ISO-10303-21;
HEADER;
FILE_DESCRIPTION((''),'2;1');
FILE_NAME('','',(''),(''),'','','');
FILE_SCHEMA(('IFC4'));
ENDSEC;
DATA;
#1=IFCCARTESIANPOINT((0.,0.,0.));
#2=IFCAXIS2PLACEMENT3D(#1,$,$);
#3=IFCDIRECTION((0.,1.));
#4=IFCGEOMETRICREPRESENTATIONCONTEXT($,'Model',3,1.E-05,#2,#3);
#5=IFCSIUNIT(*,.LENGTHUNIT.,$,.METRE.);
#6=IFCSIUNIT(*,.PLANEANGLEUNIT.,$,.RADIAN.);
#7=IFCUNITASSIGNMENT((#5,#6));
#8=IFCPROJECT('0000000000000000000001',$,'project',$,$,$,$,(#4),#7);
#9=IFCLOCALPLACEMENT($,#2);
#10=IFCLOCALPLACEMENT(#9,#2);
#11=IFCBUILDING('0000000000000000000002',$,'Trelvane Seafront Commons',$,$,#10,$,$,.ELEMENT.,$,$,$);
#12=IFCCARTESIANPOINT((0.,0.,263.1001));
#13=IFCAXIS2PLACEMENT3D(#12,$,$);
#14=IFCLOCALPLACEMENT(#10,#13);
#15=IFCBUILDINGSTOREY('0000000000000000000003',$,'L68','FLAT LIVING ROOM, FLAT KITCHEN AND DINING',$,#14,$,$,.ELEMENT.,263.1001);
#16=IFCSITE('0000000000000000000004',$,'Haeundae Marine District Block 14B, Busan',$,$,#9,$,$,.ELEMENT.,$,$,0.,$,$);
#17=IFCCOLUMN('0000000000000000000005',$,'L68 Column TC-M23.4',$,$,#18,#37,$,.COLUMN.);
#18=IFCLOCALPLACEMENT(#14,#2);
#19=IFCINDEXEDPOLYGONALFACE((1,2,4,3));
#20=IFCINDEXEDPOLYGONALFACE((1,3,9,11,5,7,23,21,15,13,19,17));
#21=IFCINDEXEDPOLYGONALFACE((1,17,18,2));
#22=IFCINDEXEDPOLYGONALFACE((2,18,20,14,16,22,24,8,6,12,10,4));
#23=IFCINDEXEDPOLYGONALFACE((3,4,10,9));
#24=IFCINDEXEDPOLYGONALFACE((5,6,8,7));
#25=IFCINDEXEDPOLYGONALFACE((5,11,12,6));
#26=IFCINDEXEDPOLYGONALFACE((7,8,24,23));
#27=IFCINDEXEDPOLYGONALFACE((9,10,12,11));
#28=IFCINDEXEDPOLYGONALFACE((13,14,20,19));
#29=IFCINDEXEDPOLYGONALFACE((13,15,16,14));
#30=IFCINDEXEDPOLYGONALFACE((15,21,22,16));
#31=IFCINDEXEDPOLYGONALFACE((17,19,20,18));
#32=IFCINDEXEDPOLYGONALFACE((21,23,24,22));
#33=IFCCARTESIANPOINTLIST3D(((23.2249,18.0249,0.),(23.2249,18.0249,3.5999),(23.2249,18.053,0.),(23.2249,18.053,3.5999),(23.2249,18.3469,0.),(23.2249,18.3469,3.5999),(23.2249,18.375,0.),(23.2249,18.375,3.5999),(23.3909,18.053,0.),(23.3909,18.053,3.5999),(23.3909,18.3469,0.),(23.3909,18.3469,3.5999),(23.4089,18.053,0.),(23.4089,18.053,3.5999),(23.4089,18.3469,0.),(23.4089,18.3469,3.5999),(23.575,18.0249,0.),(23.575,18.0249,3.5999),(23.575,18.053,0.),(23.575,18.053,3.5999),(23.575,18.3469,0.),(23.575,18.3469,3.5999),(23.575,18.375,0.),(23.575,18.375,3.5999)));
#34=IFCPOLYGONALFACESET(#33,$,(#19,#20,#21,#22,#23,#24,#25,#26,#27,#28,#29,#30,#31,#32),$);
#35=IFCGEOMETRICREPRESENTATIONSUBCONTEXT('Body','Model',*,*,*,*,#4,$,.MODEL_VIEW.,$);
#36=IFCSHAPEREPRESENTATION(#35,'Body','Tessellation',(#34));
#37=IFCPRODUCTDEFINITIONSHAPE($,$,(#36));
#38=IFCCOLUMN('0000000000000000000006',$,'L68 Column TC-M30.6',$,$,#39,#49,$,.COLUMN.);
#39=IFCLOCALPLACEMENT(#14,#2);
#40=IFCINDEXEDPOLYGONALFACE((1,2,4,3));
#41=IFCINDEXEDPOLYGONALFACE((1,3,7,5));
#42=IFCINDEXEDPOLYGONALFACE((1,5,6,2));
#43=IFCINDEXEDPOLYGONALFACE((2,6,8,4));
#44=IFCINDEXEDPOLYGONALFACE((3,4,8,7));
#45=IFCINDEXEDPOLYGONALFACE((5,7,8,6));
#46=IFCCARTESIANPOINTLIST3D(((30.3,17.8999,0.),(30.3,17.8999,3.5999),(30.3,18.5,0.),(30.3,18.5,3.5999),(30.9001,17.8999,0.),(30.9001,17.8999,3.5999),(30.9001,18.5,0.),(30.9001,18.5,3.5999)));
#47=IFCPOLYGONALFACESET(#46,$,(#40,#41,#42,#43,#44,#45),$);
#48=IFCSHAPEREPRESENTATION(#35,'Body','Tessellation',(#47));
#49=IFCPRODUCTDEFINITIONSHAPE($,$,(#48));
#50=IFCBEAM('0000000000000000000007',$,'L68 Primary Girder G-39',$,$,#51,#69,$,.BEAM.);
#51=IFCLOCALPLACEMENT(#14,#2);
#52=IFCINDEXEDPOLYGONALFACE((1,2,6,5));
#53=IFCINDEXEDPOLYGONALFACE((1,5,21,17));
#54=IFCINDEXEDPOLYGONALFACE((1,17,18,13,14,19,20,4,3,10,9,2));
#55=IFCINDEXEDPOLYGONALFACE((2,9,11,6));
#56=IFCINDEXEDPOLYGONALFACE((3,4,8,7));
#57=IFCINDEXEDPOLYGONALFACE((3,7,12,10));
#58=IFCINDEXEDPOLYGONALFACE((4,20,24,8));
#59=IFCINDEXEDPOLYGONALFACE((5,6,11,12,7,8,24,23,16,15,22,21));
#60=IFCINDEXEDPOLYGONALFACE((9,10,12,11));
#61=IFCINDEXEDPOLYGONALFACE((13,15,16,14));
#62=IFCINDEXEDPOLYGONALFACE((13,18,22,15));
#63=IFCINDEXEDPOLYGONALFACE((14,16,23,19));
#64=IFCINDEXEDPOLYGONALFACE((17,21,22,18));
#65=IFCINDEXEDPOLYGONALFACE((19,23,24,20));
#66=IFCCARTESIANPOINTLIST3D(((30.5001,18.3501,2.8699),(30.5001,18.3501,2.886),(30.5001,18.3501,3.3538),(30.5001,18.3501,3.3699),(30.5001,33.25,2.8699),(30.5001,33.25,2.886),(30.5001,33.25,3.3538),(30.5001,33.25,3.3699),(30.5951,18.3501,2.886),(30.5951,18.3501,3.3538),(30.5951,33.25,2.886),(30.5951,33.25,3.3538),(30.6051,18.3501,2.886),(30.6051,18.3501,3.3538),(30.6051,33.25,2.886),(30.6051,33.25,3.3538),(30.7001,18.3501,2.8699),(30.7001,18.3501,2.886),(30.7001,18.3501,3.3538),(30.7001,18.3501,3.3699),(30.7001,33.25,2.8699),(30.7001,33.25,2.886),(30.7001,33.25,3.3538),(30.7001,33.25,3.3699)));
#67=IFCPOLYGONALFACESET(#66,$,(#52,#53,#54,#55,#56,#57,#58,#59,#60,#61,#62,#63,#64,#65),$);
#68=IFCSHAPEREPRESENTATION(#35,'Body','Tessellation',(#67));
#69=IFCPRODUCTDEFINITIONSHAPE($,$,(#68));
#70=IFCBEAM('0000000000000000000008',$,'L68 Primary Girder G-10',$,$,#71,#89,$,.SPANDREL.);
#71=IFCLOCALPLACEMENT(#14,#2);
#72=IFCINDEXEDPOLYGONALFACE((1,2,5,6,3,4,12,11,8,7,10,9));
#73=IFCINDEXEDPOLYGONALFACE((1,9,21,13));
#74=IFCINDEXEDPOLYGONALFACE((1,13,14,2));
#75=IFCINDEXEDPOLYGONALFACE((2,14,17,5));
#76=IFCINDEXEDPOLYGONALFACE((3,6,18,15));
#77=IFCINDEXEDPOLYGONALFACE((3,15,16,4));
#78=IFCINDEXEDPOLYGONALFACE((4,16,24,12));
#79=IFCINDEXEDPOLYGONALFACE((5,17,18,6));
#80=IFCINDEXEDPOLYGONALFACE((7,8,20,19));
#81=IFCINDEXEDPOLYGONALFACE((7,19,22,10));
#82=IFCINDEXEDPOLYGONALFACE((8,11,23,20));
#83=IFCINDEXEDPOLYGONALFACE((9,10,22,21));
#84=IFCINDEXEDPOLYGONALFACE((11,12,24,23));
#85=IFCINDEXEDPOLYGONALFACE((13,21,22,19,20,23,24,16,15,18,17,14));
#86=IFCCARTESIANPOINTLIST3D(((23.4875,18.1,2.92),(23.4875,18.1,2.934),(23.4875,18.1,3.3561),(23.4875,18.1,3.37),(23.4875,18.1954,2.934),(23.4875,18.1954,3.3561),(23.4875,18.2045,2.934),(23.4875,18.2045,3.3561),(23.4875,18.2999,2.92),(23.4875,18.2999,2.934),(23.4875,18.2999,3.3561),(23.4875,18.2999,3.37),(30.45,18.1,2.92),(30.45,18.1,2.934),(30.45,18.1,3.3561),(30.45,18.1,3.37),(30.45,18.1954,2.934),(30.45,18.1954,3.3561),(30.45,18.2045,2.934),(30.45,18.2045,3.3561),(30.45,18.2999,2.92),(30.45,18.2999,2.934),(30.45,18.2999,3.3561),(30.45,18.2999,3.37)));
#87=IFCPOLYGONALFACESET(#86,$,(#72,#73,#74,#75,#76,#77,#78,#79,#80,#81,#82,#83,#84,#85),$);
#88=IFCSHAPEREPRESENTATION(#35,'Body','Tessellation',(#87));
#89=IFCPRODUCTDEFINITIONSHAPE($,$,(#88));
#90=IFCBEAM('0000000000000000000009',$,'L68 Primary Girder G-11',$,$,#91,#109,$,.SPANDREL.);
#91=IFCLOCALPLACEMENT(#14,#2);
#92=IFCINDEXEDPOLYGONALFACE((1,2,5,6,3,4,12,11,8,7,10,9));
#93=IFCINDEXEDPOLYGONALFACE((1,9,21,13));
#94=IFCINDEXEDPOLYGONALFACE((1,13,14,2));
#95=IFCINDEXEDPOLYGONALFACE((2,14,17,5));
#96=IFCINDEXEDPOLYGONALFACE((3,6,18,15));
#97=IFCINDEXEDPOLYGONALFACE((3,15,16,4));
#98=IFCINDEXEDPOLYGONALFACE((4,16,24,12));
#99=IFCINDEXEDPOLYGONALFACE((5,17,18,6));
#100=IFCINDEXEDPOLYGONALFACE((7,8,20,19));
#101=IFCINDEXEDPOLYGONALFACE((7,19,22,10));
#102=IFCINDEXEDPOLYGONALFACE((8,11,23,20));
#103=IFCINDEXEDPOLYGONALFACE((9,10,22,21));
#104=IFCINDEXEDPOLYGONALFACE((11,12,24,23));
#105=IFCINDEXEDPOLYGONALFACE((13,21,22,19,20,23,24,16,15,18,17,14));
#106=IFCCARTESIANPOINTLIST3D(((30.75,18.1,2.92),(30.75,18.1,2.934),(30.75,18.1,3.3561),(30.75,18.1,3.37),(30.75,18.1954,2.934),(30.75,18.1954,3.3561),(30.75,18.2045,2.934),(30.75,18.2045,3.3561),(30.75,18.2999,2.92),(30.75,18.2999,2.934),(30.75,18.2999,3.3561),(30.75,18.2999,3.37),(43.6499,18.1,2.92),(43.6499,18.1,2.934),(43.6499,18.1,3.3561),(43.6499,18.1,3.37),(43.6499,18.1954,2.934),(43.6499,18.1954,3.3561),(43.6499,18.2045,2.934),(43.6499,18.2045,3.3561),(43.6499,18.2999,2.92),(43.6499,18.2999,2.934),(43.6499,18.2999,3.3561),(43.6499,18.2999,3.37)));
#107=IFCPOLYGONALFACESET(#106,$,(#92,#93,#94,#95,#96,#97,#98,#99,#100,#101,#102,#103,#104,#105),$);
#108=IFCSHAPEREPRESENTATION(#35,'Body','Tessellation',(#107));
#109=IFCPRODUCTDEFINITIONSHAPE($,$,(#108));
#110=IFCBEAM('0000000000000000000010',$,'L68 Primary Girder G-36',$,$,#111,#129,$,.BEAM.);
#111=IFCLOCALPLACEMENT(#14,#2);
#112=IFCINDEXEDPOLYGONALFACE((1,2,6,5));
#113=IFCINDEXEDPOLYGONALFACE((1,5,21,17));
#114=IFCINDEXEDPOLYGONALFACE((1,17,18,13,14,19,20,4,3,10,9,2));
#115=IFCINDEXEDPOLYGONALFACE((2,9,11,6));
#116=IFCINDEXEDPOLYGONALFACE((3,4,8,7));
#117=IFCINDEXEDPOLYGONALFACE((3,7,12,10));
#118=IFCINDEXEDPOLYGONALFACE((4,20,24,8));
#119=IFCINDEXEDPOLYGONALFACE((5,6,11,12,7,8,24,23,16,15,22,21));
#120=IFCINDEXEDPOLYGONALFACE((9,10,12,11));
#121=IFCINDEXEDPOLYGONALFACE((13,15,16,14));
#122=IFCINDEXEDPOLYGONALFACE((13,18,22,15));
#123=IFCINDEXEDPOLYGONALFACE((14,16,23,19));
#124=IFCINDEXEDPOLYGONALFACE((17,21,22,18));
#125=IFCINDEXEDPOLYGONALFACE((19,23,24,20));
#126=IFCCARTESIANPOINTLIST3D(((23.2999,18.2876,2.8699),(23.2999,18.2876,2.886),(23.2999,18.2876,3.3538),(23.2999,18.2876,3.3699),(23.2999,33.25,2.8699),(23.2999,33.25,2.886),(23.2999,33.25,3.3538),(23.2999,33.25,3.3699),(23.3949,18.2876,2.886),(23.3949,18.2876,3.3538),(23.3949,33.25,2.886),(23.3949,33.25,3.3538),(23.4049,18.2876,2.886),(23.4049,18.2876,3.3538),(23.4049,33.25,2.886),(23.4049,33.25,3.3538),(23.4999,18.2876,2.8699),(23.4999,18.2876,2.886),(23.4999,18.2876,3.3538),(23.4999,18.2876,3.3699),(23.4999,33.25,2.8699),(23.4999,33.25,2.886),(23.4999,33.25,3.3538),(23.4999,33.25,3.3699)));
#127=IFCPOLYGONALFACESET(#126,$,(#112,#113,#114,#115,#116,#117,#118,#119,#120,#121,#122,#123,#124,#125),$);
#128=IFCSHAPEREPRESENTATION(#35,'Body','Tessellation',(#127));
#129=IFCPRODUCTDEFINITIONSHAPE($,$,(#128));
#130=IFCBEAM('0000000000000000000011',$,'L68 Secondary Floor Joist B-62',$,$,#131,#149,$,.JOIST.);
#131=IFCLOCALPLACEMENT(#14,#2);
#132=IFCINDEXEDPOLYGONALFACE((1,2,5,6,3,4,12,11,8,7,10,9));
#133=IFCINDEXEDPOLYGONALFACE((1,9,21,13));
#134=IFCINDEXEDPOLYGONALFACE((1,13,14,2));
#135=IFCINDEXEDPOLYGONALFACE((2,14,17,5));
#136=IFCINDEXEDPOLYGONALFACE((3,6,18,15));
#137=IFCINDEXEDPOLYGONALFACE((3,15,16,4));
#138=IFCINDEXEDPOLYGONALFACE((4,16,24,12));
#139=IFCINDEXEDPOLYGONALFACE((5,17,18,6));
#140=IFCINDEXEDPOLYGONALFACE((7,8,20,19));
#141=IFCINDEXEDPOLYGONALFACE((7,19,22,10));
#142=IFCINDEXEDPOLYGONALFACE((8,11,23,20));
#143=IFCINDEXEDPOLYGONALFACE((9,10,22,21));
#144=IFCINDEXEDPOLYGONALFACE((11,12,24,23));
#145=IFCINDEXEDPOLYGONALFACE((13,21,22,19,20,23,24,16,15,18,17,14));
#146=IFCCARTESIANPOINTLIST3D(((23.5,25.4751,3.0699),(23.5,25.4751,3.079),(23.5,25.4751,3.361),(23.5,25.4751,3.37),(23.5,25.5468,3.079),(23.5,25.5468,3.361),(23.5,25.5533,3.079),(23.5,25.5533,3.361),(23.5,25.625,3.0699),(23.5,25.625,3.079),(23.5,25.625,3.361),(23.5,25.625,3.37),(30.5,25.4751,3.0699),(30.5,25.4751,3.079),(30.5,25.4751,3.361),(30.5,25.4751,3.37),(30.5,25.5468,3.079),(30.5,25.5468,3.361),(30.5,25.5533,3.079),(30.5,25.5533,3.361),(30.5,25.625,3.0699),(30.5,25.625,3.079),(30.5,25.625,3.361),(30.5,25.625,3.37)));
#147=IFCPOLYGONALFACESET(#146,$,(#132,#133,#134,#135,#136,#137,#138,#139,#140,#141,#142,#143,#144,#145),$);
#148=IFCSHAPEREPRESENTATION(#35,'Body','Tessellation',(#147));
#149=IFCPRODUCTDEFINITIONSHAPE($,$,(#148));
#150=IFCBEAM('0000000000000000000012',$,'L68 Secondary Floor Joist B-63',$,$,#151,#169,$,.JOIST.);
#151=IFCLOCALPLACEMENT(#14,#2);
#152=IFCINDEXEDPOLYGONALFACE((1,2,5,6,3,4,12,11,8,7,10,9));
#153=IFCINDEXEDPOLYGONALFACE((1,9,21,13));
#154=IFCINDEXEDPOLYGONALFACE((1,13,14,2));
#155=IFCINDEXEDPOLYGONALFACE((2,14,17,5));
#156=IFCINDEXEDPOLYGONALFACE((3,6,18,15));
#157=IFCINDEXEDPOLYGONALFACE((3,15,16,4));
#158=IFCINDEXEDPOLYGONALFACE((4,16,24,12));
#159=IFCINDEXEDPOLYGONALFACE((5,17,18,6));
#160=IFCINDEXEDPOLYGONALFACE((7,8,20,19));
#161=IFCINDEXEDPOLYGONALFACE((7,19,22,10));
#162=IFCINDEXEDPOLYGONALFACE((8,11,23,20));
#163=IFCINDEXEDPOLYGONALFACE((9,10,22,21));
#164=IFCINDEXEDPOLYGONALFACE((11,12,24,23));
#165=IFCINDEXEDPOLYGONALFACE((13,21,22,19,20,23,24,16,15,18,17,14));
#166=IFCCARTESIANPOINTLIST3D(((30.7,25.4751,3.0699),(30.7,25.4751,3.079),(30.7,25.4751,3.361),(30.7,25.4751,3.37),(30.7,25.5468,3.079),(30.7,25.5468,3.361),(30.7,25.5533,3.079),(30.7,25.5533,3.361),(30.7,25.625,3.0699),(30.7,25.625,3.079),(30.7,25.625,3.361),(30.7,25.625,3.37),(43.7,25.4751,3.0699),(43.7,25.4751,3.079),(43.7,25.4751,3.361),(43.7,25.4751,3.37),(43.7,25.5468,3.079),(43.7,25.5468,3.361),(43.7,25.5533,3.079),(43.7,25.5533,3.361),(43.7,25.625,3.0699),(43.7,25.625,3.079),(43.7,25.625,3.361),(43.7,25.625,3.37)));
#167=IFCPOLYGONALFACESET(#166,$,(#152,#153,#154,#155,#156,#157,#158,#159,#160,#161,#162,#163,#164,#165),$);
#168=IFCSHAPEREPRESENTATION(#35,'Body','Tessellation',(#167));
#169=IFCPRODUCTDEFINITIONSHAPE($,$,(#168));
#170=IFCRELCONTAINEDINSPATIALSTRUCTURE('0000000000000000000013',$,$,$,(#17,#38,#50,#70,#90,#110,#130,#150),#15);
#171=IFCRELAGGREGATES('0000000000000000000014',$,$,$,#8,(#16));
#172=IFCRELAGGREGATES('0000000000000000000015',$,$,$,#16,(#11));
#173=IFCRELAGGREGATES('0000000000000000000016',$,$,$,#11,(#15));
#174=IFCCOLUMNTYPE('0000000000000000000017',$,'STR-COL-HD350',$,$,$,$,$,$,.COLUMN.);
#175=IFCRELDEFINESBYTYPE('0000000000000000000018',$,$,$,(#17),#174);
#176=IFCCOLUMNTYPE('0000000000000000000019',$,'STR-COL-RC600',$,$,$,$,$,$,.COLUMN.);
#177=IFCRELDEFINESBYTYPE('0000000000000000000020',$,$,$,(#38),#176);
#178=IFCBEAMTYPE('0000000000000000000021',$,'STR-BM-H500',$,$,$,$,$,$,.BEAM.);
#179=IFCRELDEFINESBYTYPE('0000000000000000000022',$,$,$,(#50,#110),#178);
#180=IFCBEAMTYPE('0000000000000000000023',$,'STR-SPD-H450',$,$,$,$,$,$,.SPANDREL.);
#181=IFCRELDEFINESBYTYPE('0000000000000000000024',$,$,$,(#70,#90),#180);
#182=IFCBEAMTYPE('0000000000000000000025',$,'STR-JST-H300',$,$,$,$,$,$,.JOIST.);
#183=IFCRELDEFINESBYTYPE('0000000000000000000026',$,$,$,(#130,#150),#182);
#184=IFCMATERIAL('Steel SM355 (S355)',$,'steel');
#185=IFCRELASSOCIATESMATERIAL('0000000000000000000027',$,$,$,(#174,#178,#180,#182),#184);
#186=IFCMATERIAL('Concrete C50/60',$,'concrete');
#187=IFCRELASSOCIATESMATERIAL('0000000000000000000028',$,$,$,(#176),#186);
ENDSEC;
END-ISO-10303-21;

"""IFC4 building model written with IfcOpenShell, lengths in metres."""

from ifc_helpers import new_model, si_unit, direction, frame, origin, origin_2d, place, context, subcontext, project, spatial, rectangle, i_section, extrude, source, transform, mapped, material, material_profile, profile_set, type_object, element, save


model = new_model("IFC4")

# Units and contexts
model_context = context("Model", 3, precision=1e-05, world=origin(), true_north=direction((0.0, 1.0)))
body_context = subcontext(model_context, "Body", "Model", "MODEL_VIEW")
ifc_project = project(units=[si_unit("LENGTHUNIT", "METRE"), si_unit("PLANEANGLEUNIT", "RADIAN")], contexts=[model_context])

# Site, building, storey
site_placement = place(None, origin())
site = spatial("IfcSite", under=ifc_project, at=site_placement, Name="Haeundae Marine District Block 14B, Busan", CompositionType="ELEMENT", RefElevation=0.0)
building_placement = place(site_placement, origin())
building = spatial("IfcBuilding", under=site, at=building_placement, Name="Trelvane Seafront Commons", CompositionType="ELEMENT")
storey_placement = place(building_placement, frame((0.0, 0.0, 263.1001)))
storey = spatial("IfcBuildingStorey", under=building, at=storey_placement, Name="L68", Description="FLAT LIVING ROOM, FLAT KITCHEN AND DINING", CompositionType="ELEMENT", Elevation=263.1001)

# Columns
ifc_material_1 = material(Name="Steel SM355 (S355)", Category="steel")
ifc_material_profile_1 = material_profile(ifc_material_1, i_section(OverallWidth=0.3501, OverallDepth=0.3501, WebThickness=0.0181, FlangeThickness=0.0281, at=origin_2d()), Name="HD-350x350x18x28")
ifc_profile_set_1 = profile_set([ifc_material_profile_1], Name="Steel SM355 (S355)")
column_type_1 = type_object("IfcColumnType", Name="STR-COL-HD350", PredefinedType="COLUMN", material=ifc_profile_set_1)
shared_shape_1 = source(origin(), body_context, "Body", "SweptSolid", [
    extrude(i_section(OverallWidth=0.3501, OverallDepth=0.3501, WebThickness=0.0181, FlangeThickness=0.0281, at=origin_2d()), origin(), (0.0, 0.0, 1.0), 3.5999),
])
column_1_placement = place(storey_placement, frame((23.3999, 18.2, 0.0), z_axis=(0.0, 0.0, 1.0), x_axis=(1.0, 0.0, 0.0)))
element("IfcColumn", 1, at=column_1_placement, inside=storey, type_object=column_type_1, Name="L68 Column TC-M23.4", PredefinedType="COLUMN", context=body_context, shape_type="MappedRepresentation", body=[
    mapped(shared_shape_1, transform((0.0, 0.0, 0.0), x_axis=(1.0, 0.0, 0.0), y_axis=(0.0, 1.0, 0.0), z_axis=(0.0, 0.0, 1.0), scale=1.0)),
])
ifc_material_2 = material(Name="Concrete C50/60", Category="concrete")
ifc_material_profile_2 = material_profile(ifc_material_2, rectangle(XDim=0.6001, YDim=0.6001, at=origin_2d()), Name="RC-600x600")
ifc_profile_set_2 = profile_set([ifc_material_profile_2], Name="Concrete C50/60")
column_type_2 = type_object("IfcColumnType", Name="STR-COL-RC600", PredefinedType="COLUMN", material=ifc_profile_set_2)
shared_shape_2 = source(origin(), body_context, "Body", "SweptSolid", [
    extrude(rectangle(XDim=0.6001, YDim=0.6001, at=origin_2d()), origin(), (0.0, 0.0, 1.0), 3.5999),
])
column_2_placement = place(storey_placement, frame((30.6001, 18.2, 0.0), z_axis=(0.0, 0.0, 1.0), x_axis=(1.0, 0.0, 0.0)))
element("IfcColumn", 2, at=column_2_placement, inside=storey, type_object=column_type_2, Name="L68 Column TC-M30.6", PredefinedType="COLUMN", context=body_context, shape_type="MappedRepresentation", body=[
    mapped(shared_shape_2, transform((0.0, 0.0, 0.0), x_axis=(1.0, 0.0, 0.0), y_axis=(0.0, 1.0, 0.0), z_axis=(0.0, 0.0, 1.0), scale=1.0)),
])

# Beams
ifc_material_profile_3 = material_profile(ifc_material_1, i_section(OverallWidth=0.2, OverallDepth=0.5, WebThickness=0.01, FlangeThickness=0.0161, at=origin_2d()), Name="H-500x200x10x16")
ifc_profile_set_3 = profile_set([ifc_material_profile_3], Name="Steel SM355 (S355)")
beam_type_1 = type_object("IfcBeamType", Name="STR-BM-H500", PredefinedType="BEAM", material=ifc_profile_set_3)
shared_shape_3 = source(origin(), body_context, "Body", "SweptSolid", [
    extrude(i_section(OverallWidth=0.2, OverallDepth=0.5, WebThickness=0.01, FlangeThickness=0.0161, at=origin_2d()), origin(), (0.0, 0.0, 1.0), 14.8999),
])
beam_1_placement = place(storey_placement, frame((30.6001, 18.3501, 3.1199), z_axis=(0.0, 1.0, 0.0), x_axis=(-1.0, 0.0, 0.0)))
element("IfcBeam", 3, at=beam_1_placement, inside=storey, type_object=beam_type_1, Name="L68 Primary Girder G-39", PredefinedType="BEAM", context=body_context, shape_type="MappedRepresentation", body=[
    mapped(shared_shape_3, transform((0.0, 0.0, 0.0), x_axis=(1.0, 0.0, 0.0), y_axis=(0.0, 1.0, 0.0), z_axis=(0.0, 0.0, 1.0), scale=1.0)),
])
ifc_material_profile_4 = material_profile(ifc_material_1, i_section(OverallWidth=0.2, OverallDepth=0.45, WebThickness=0.009, FlangeThickness=0.0139, at=origin_2d()), Name="H-450x200x9x14")
ifc_profile_set_4 = profile_set([ifc_material_profile_4], Name="Steel SM355 (S355)")
beam_type_2 = type_object("IfcBeamType", Name="STR-SPD-H450", PredefinedType="SPANDREL", material=ifc_profile_set_4)
shared_shape_4 = source(origin(), body_context, "Body", "SweptSolid", [
    extrude(i_section(OverallWidth=0.2, OverallDepth=0.45, WebThickness=0.009, FlangeThickness=0.0139, at=origin_2d()), origin(), (0.0, 0.0, 1.0), 6.9624),
])
beam_2_placement = place(storey_placement, frame((23.4875, 18.2, 3.145), z_axis=(1.0, 0.0, 0.0), x_axis=(0.0, 1.0, 0.0)))
element("IfcBeam", 4, at=beam_2_placement, inside=storey, type_object=beam_type_2, Name="L68 Primary Girder G-10", PredefinedType="SPANDREL", context=body_context, shape_type="MappedRepresentation", body=[
    mapped(shared_shape_4, transform((0.0, 0.0, 0.0), x_axis=(1.0, 0.0, 0.0), y_axis=(0.0, 1.0, 0.0), z_axis=(0.0, 0.0, 1.0), scale=1.0)),
])
shared_shape_5 = source(origin(), body_context, "Body", "SweptSolid", [
    extrude(i_section(OverallWidth=0.2, OverallDepth=0.45, WebThickness=0.009, FlangeThickness=0.0139, at=origin_2d()), origin(), (0.0, 0.0, 1.0), 12.8999),
])
beam_3_placement = place(storey_placement, frame((30.75, 18.2, 3.145), z_axis=(1.0, 0.0, 0.0), x_axis=(0.0, 1.0, 0.0)))
element("IfcBeam", 5, at=beam_3_placement, inside=storey, type_object=beam_type_2, Name="L68 Primary Girder G-11", PredefinedType="SPANDREL", context=body_context, shape_type="MappedRepresentation", body=[
    mapped(shared_shape_5, transform((0.0, 0.0, 0.0), x_axis=(1.0, 0.0, 0.0), y_axis=(0.0, 1.0, 0.0), z_axis=(0.0, 0.0, 1.0), scale=1.0)),
])
shared_shape_6 = source(origin(), body_context, "Body", "SweptSolid", [
    extrude(i_section(OverallWidth=0.2, OverallDepth=0.5, WebThickness=0.01, FlangeThickness=0.0161, at=origin_2d()), origin(), (0.0, 0.0, 1.0), 14.9624),
])
beam_4_placement = place(storey_placement, frame((23.3999, 18.2876, 3.1199), z_axis=(0.0, 1.0, 0.0), x_axis=(-1.0, 0.0, 0.0)))
element("IfcBeam", 6, at=beam_4_placement, inside=storey, type_object=beam_type_1, Name="L68 Primary Girder G-36", PredefinedType="BEAM", context=body_context, shape_type="MappedRepresentation", body=[
    mapped(shared_shape_6, transform((0.0, 0.0, 0.0), x_axis=(1.0, 0.0, 0.0), y_axis=(0.0, 1.0, 0.0), z_axis=(0.0, 0.0, 1.0), scale=1.0)),
])
ifc_material_profile_5 = material_profile(ifc_material_1, i_section(OverallWidth=0.1499, OverallDepth=0.3, WebThickness=0.0066, FlangeThickness=0.009, at=origin_2d()), Name="H-300x150x6.5x9")
ifc_profile_set_5 = profile_set([ifc_material_profile_5], Name="Steel SM355 (S355)")
beam_type_3 = type_object("IfcBeamType", Name="STR-JST-H300", PredefinedType="JOIST", material=ifc_profile_set_5)
shared_shape_7 = source(origin(), body_context, "Body", "SweptSolid", [
    extrude(i_section(OverallWidth=0.1499, OverallDepth=0.3, WebThickness=0.0066, FlangeThickness=0.009, at=origin_2d()), origin(), (0.0, 0.0, 1.0), 7.0),
])
beam_5_placement = place(storey_placement, frame((23.5, 25.55, 3.22), z_axis=(1.0, 0.0, 0.0), x_axis=(0.0, 1.0, 0.0)))
element("IfcBeam", 7, at=beam_5_placement, inside=storey, type_object=beam_type_3, Name="L68 Secondary Floor Joist B-62", PredefinedType="JOIST", context=body_context, shape_type="MappedRepresentation", body=[
    mapped(shared_shape_7, transform((0.0, 0.0, 0.0), x_axis=(1.0, 0.0, 0.0), y_axis=(0.0, 1.0, 0.0), z_axis=(0.0, 0.0, 1.0), scale=1.0)),
])
shared_shape_8 = source(origin(), body_context, "Body", "SweptSolid", [
    extrude(i_section(OverallWidth=0.1499, OverallDepth=0.3, WebThickness=0.0066, FlangeThickness=0.009, at=origin_2d()), origin(), (0.0, 0.0, 1.0), 13.0),
])
beam_6_placement = place(storey_placement, frame((30.7, 25.55, 3.22), z_axis=(1.0, 0.0, 0.0), x_axis=(0.0, 1.0, 0.0)))
element("IfcBeam", 8, at=beam_6_placement, inside=storey, type_object=beam_type_3, Name="L68 Secondary Floor Joist B-63", PredefinedType="JOIST", context=body_context, shape_type="MappedRepresentation", body=[
    mapped(shared_shape_8, transform((0.0, 0.0, 0.0), x_axis=(1.0, 0.0, 0.0), y_axis=(0.0, 1.0, 0.0), z_axis=(0.0, 0.0, 1.0), scale=1.0)),
])

save(model, "model.ifc")
